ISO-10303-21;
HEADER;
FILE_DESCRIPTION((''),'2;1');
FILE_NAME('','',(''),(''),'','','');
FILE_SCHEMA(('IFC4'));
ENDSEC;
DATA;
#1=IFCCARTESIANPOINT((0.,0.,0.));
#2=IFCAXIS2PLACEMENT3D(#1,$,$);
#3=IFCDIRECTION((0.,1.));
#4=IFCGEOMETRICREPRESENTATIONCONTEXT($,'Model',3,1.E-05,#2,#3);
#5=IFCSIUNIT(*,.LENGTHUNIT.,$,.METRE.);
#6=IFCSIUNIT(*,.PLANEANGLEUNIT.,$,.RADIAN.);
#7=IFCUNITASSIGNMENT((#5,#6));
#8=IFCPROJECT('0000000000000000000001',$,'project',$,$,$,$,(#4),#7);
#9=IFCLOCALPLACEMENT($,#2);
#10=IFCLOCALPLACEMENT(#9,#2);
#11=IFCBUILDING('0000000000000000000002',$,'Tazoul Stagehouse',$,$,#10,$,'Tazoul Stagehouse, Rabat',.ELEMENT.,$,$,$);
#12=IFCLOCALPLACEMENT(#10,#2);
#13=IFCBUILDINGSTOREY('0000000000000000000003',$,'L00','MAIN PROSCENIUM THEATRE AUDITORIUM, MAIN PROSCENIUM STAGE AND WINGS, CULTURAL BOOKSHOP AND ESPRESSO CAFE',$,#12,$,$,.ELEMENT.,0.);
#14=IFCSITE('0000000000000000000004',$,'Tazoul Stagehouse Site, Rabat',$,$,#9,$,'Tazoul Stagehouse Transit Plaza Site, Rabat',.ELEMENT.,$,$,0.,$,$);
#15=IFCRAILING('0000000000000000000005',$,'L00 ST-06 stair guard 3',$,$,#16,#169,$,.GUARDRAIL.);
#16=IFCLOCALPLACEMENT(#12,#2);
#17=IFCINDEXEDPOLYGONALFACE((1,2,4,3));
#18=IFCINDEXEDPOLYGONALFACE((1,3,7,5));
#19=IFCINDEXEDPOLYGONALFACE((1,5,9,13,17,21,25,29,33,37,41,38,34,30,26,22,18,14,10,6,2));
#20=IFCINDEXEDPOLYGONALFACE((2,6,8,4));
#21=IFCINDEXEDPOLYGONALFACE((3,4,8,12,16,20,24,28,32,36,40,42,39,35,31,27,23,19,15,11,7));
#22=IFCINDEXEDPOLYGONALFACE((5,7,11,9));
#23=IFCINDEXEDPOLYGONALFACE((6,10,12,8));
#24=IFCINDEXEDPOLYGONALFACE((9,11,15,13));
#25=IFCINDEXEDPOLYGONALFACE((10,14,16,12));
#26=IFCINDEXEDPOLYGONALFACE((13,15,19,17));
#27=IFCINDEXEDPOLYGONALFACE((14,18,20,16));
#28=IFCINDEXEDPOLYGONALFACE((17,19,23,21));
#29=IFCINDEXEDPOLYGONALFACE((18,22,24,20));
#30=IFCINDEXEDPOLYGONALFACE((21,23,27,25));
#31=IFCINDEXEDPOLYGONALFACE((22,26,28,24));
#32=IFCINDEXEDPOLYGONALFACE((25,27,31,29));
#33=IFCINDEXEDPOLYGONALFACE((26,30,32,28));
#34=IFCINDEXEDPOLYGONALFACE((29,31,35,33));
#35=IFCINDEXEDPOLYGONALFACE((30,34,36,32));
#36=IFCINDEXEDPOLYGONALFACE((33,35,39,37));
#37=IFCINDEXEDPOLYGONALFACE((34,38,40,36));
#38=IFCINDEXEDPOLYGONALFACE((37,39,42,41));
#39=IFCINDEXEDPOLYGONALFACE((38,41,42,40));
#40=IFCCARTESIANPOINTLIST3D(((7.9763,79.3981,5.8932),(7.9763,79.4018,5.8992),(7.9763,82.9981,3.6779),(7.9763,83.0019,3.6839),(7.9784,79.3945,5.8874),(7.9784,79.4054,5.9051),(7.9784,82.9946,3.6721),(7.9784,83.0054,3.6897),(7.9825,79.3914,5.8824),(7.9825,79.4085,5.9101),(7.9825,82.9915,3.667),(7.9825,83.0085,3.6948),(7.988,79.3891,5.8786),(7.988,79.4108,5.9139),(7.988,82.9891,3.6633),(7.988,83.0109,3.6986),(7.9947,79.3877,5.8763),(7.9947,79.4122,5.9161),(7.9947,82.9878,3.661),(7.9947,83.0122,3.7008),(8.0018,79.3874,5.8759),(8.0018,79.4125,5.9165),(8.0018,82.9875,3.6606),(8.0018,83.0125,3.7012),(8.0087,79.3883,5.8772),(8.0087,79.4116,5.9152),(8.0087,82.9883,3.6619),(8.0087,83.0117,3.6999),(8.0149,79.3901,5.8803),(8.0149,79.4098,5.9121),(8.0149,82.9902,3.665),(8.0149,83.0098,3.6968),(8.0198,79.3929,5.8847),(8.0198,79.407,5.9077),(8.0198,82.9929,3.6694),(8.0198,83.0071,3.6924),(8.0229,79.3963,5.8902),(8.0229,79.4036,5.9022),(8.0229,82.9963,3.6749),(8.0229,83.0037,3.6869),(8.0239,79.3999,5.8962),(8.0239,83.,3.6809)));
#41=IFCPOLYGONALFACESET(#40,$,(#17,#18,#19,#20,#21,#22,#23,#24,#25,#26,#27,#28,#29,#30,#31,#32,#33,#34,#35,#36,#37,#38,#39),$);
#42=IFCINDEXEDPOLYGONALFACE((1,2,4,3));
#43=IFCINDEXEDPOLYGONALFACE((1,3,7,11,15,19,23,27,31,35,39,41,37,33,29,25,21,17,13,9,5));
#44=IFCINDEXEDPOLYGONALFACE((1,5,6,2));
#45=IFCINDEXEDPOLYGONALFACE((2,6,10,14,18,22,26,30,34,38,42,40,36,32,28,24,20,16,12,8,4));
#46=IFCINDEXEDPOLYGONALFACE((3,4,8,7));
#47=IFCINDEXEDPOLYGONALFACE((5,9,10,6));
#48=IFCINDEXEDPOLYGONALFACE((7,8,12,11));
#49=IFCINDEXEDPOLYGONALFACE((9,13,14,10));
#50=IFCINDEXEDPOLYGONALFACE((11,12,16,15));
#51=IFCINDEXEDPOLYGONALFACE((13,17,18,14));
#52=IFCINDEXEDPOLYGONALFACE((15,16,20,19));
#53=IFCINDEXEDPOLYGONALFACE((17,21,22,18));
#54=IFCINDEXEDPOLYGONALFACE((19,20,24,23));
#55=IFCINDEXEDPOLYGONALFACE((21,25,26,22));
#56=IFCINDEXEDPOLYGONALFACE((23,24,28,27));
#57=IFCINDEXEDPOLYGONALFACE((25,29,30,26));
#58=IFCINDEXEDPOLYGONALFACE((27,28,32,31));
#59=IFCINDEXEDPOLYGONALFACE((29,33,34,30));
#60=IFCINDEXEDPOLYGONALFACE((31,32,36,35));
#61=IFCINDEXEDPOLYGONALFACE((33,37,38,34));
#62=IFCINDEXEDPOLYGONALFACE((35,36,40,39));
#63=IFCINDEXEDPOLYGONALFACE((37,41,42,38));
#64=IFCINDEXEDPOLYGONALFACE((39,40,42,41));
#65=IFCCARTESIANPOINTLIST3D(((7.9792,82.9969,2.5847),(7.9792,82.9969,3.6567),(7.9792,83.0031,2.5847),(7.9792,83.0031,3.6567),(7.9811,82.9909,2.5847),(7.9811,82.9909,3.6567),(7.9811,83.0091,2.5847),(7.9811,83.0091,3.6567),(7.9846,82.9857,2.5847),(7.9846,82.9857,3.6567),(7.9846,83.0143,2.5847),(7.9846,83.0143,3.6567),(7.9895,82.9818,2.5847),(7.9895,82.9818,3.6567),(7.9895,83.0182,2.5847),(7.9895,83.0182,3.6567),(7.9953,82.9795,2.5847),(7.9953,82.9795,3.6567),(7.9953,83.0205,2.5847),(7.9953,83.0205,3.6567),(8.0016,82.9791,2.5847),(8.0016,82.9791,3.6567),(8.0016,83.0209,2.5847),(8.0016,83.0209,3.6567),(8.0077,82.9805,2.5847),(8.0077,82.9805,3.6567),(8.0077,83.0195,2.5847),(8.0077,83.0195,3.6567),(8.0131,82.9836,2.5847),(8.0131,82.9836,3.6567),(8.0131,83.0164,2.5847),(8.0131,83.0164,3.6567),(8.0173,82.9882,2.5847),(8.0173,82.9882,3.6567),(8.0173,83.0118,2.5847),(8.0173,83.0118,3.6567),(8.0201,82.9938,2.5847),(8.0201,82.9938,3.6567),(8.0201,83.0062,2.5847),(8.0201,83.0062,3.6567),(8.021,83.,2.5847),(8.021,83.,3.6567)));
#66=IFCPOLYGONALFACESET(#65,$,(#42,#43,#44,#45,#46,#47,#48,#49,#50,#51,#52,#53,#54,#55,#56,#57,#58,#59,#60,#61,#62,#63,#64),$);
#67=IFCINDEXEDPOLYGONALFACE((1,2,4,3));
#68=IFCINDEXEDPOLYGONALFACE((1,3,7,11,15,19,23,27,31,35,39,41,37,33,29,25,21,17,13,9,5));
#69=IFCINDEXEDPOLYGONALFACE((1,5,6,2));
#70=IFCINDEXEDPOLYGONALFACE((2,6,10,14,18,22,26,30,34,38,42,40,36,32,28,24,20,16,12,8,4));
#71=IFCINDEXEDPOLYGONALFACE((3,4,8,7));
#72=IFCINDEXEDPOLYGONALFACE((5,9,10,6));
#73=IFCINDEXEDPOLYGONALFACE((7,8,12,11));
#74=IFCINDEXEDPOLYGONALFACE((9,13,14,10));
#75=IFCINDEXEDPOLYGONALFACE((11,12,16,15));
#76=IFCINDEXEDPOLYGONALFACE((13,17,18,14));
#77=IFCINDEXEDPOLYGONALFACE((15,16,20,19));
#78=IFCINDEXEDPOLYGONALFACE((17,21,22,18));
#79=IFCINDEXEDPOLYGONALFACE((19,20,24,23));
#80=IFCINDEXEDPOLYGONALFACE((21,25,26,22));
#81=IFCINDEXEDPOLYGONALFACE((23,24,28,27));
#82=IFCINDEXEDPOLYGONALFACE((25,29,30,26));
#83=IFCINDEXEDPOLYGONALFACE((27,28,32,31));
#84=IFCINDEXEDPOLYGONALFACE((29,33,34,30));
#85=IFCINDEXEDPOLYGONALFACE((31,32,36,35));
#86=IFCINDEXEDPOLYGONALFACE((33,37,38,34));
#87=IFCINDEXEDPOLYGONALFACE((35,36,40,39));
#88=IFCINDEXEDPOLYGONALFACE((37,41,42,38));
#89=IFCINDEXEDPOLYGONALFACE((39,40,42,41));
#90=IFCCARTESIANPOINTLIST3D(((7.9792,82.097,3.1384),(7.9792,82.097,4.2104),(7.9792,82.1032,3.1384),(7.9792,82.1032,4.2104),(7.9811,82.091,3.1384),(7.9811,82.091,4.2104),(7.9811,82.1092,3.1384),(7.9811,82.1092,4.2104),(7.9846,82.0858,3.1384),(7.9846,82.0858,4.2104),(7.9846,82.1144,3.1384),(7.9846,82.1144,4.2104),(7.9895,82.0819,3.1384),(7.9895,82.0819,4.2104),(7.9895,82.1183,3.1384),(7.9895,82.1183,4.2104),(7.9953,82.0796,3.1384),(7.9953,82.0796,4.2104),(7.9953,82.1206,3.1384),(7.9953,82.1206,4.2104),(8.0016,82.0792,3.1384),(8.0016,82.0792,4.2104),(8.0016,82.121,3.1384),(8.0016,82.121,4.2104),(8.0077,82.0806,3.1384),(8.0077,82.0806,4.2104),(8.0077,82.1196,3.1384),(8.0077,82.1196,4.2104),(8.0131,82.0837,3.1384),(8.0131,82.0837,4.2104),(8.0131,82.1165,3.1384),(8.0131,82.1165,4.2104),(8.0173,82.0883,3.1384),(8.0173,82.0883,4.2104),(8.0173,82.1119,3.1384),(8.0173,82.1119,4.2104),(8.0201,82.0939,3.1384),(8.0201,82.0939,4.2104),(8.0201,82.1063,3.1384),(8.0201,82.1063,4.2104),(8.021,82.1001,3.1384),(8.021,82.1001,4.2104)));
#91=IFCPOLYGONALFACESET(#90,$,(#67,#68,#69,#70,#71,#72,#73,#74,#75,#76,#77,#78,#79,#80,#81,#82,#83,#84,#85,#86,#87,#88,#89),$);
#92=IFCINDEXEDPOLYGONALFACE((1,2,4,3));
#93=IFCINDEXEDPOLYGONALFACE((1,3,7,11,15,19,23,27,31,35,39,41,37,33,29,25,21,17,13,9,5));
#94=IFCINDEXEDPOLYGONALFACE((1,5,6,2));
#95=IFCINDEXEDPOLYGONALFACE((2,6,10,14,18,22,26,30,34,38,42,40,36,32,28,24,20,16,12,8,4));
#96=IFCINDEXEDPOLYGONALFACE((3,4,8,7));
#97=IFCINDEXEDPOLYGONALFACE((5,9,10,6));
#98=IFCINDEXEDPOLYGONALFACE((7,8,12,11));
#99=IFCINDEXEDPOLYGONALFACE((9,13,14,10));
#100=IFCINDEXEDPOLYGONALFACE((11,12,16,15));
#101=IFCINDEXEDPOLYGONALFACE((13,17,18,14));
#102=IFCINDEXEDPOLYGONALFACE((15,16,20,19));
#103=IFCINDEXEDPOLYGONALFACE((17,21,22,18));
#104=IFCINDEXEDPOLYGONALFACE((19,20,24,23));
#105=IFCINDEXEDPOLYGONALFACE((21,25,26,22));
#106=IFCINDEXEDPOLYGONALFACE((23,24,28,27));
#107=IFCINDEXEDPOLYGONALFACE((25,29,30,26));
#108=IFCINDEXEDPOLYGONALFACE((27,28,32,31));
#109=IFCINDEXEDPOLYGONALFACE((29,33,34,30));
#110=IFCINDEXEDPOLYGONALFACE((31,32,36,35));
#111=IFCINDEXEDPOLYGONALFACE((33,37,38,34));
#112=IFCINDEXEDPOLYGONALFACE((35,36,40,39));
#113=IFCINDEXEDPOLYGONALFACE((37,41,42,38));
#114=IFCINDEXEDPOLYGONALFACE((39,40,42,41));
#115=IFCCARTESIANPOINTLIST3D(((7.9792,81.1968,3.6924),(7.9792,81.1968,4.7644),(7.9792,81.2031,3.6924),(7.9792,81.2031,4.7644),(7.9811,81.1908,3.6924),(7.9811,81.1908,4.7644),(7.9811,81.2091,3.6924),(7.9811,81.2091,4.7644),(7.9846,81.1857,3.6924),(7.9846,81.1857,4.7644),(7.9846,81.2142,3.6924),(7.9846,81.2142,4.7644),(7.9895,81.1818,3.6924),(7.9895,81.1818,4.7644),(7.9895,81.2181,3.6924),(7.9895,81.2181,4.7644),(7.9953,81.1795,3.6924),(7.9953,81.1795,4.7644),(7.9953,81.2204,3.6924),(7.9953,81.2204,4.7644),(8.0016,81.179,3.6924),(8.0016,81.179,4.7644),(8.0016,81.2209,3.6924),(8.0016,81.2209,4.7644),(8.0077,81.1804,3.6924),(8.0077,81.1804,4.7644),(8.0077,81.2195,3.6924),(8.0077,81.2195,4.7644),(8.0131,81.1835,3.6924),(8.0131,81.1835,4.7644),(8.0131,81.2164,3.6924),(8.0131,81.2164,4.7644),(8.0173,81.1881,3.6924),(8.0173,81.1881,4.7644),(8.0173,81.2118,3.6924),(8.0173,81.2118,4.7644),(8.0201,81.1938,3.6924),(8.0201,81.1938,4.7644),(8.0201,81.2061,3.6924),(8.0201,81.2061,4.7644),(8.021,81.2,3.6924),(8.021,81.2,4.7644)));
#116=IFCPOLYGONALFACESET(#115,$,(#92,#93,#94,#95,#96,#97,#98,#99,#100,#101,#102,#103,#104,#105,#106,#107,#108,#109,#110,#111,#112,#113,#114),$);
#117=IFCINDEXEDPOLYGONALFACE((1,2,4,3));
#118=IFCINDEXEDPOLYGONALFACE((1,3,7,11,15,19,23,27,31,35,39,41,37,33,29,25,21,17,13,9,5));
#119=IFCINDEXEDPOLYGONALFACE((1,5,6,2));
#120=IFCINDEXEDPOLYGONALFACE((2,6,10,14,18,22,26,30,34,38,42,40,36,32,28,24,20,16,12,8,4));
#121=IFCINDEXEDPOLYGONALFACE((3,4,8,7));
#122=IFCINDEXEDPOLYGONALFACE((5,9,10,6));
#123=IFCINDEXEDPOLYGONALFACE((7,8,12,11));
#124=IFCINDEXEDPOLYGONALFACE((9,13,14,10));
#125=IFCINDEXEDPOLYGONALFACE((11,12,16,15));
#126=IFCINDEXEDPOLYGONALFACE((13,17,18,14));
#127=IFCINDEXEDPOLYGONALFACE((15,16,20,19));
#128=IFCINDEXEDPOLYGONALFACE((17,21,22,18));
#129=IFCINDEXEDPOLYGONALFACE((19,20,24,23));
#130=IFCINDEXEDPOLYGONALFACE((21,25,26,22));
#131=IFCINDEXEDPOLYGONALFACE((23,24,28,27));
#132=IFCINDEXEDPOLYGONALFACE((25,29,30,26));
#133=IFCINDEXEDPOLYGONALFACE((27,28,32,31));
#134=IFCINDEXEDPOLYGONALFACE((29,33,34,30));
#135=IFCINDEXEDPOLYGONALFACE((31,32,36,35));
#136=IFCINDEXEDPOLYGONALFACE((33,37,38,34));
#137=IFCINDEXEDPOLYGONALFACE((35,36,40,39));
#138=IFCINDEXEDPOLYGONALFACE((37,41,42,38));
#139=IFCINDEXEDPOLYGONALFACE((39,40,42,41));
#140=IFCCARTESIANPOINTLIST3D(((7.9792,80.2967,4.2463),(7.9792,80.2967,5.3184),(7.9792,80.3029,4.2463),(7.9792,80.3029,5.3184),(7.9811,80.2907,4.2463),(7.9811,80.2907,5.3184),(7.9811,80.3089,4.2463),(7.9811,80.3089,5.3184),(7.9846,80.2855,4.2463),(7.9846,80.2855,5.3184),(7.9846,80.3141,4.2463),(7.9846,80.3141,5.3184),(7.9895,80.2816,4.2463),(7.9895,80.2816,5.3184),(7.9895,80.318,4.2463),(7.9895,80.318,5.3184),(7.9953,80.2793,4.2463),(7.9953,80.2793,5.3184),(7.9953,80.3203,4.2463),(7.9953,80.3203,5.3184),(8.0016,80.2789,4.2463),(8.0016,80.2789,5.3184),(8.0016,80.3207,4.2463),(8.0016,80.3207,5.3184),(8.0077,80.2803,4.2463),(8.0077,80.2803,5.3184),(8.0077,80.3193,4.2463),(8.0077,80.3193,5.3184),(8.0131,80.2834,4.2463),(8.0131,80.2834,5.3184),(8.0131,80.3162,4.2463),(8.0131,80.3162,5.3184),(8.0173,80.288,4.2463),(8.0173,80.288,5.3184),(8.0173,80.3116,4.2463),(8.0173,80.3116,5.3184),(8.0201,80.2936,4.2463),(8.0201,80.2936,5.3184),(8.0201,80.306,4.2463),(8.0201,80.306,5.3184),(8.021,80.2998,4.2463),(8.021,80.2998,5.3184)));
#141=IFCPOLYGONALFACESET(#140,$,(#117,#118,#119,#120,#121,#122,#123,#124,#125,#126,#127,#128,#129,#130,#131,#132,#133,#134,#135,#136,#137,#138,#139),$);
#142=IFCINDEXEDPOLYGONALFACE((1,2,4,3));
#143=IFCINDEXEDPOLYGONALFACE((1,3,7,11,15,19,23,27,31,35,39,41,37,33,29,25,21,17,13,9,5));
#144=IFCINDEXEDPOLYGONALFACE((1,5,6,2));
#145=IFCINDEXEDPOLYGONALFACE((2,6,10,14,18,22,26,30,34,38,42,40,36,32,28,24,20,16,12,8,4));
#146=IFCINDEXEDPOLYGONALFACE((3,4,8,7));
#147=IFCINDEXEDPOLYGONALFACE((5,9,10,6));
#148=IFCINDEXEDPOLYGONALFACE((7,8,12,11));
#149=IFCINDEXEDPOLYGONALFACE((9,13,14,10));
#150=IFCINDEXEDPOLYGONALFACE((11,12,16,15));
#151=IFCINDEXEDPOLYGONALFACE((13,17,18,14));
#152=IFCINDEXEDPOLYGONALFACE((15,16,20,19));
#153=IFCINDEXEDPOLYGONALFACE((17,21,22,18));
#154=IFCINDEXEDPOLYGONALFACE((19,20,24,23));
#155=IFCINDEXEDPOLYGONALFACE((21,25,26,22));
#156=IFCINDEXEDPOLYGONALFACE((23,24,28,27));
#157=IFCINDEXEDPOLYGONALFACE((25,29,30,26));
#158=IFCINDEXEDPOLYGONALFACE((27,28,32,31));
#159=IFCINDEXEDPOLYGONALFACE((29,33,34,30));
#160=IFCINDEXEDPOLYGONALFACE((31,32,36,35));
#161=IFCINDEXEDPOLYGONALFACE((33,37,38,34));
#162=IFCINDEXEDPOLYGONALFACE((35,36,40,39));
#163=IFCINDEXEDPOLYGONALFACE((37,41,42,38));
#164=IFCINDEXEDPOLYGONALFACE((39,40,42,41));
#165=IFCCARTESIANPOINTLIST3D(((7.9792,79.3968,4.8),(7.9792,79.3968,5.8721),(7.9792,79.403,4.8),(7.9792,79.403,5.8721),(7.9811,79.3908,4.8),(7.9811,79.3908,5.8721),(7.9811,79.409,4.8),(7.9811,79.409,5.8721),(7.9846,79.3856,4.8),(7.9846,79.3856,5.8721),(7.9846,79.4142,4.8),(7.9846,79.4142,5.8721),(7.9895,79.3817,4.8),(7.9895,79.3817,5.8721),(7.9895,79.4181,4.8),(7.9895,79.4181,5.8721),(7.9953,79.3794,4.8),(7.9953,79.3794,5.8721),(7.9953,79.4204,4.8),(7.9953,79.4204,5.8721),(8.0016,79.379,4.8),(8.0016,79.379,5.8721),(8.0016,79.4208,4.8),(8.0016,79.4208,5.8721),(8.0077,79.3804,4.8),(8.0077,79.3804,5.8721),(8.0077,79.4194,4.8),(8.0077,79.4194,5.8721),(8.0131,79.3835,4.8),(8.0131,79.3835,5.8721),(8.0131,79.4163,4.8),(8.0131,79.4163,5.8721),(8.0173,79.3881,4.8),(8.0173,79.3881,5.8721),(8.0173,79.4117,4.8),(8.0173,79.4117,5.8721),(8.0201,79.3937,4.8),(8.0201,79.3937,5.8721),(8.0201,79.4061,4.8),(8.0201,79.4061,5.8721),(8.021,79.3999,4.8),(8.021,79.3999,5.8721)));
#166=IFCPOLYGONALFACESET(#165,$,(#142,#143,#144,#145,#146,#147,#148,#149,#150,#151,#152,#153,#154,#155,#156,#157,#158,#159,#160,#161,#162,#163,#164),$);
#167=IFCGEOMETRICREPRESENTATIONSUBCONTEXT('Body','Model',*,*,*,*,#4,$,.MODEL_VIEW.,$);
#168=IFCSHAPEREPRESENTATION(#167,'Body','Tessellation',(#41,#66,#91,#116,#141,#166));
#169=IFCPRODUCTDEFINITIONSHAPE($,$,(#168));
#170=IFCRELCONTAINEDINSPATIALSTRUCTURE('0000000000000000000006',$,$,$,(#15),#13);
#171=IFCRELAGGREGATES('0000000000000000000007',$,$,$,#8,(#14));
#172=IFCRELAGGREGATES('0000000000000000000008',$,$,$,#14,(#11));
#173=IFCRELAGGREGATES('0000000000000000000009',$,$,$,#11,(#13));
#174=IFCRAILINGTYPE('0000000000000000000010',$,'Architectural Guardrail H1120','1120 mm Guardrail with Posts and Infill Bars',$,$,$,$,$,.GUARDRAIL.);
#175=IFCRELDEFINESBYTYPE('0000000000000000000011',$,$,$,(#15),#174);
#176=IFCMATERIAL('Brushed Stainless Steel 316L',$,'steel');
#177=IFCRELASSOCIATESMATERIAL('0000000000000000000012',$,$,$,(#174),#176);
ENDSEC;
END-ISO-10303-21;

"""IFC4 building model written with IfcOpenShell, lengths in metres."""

from ifc_helpers import new_model, si_unit, direction, frame, origin, origin_2d, place, context, subcontext, project, spatial, circle, extrude, material, material_profile, profile_set, type_object, element, save


model = new_model("IFC4")

# Units and contexts
model_context = context("Model", 3, precision=1e-05, world=origin(), true_north=direction((0.0, 1.0)))
body_context = subcontext(model_context, "Body", "Model", "MODEL_VIEW")
ifc_project = project(units=[si_unit("LENGTHUNIT", "METRE"), si_unit("PLANEANGLEUNIT", "RADIAN")], contexts=[model_context])

# Site, building, storey
site_placement = place(None, origin())
site = spatial("IfcSite", under=ifc_project, at=site_placement, Name="Tazoul Stagehouse Site, Rabat", LongName="Tazoul Stagehouse Transit Plaza Site, Rabat", CompositionType="ELEMENT", RefElevation=0.0)
building_placement = place(site_placement, origin())
building = spatial("IfcBuilding", under=site, at=building_placement, Name="Tazoul Stagehouse", LongName="Tazoul Stagehouse, Rabat", CompositionType="ELEMENT")
storey_placement = place(building_placement, origin())
storey = spatial("IfcBuildingStorey", under=building, at=storey_placement, Name="L00", Description="MAIN PROSCENIUM THEATRE AUDITORIUM, MAIN PROSCENIUM STAGE AND WINGS, CULTURAL BOOKSHOP AND ESPRESSO CAFE", CompositionType="ELEMENT", Elevation=0.0)

# Railing
ifc_material_1 = material(Name="Brushed Stainless Steel 316L", Category="steel")
ifc_material_profile_1 = material_profile(ifc_material_1, circle(Radius=0.0239, at=origin_2d()), Name="SS RAIL D48")
ifc_profile_set_1 = profile_set([ifc_material_profile_1], Name="Brushed Stainless Steel 316L")
railing_type_1 = type_object("IfcRailingType", Name="Architectural Guardrail H1120", Description="1120 mm Guardrail with Posts and Infill Bars", PredefinedType="GUARDRAIL", material=ifc_profile_set_1)
railing_1_placement = place(storey_placement, frame((8.0, 83.0, 2.5847)))
element("IfcRailing", 1, at=railing_1_placement, inside=storey, type_object=railing_type_1, Name="L00 ST-06 stair guard 3", PredefinedType="GUARDRAIL", context=body_context, shape_type="SweptSolid", body=[
    extrude(circle(Radius=0.0239, at=origin_2d()), frame((0.0, 0.0, 1.0962), z_axis=(0.0, -0.85167, 0.524078), x_axis=(1.0, 0.0, 0.0)), (0.0, 0.0, 1.0), 4.2271),
    extrude(circle(Radius=0.021, at=origin_2d()), origin(), (0.0, 0.0, 1.0), 1.072),
    extrude(circle(Radius=0.021, at=origin_2d()), frame((0.0, -0.8999, 0.5537)), (0.0, 0.0, 1.0), 1.072),
    extrude(circle(Radius=0.021, at=origin_2d()), frame((0.0, -1.8, 1.1077)), (0.0, 0.0, 1.0), 1.072),
    extrude(circle(Radius=0.021, at=origin_2d()), frame((0.0, -2.7002, 1.6616)), (0.0, 0.0, 1.0), 1.072),
    extrude(circle(Radius=0.021, at=origin_2d()), frame((0.0, -3.6001, 2.2153)), (0.0, 0.0, 1.0), 1.072),
])

save(model, "model.ifc")
